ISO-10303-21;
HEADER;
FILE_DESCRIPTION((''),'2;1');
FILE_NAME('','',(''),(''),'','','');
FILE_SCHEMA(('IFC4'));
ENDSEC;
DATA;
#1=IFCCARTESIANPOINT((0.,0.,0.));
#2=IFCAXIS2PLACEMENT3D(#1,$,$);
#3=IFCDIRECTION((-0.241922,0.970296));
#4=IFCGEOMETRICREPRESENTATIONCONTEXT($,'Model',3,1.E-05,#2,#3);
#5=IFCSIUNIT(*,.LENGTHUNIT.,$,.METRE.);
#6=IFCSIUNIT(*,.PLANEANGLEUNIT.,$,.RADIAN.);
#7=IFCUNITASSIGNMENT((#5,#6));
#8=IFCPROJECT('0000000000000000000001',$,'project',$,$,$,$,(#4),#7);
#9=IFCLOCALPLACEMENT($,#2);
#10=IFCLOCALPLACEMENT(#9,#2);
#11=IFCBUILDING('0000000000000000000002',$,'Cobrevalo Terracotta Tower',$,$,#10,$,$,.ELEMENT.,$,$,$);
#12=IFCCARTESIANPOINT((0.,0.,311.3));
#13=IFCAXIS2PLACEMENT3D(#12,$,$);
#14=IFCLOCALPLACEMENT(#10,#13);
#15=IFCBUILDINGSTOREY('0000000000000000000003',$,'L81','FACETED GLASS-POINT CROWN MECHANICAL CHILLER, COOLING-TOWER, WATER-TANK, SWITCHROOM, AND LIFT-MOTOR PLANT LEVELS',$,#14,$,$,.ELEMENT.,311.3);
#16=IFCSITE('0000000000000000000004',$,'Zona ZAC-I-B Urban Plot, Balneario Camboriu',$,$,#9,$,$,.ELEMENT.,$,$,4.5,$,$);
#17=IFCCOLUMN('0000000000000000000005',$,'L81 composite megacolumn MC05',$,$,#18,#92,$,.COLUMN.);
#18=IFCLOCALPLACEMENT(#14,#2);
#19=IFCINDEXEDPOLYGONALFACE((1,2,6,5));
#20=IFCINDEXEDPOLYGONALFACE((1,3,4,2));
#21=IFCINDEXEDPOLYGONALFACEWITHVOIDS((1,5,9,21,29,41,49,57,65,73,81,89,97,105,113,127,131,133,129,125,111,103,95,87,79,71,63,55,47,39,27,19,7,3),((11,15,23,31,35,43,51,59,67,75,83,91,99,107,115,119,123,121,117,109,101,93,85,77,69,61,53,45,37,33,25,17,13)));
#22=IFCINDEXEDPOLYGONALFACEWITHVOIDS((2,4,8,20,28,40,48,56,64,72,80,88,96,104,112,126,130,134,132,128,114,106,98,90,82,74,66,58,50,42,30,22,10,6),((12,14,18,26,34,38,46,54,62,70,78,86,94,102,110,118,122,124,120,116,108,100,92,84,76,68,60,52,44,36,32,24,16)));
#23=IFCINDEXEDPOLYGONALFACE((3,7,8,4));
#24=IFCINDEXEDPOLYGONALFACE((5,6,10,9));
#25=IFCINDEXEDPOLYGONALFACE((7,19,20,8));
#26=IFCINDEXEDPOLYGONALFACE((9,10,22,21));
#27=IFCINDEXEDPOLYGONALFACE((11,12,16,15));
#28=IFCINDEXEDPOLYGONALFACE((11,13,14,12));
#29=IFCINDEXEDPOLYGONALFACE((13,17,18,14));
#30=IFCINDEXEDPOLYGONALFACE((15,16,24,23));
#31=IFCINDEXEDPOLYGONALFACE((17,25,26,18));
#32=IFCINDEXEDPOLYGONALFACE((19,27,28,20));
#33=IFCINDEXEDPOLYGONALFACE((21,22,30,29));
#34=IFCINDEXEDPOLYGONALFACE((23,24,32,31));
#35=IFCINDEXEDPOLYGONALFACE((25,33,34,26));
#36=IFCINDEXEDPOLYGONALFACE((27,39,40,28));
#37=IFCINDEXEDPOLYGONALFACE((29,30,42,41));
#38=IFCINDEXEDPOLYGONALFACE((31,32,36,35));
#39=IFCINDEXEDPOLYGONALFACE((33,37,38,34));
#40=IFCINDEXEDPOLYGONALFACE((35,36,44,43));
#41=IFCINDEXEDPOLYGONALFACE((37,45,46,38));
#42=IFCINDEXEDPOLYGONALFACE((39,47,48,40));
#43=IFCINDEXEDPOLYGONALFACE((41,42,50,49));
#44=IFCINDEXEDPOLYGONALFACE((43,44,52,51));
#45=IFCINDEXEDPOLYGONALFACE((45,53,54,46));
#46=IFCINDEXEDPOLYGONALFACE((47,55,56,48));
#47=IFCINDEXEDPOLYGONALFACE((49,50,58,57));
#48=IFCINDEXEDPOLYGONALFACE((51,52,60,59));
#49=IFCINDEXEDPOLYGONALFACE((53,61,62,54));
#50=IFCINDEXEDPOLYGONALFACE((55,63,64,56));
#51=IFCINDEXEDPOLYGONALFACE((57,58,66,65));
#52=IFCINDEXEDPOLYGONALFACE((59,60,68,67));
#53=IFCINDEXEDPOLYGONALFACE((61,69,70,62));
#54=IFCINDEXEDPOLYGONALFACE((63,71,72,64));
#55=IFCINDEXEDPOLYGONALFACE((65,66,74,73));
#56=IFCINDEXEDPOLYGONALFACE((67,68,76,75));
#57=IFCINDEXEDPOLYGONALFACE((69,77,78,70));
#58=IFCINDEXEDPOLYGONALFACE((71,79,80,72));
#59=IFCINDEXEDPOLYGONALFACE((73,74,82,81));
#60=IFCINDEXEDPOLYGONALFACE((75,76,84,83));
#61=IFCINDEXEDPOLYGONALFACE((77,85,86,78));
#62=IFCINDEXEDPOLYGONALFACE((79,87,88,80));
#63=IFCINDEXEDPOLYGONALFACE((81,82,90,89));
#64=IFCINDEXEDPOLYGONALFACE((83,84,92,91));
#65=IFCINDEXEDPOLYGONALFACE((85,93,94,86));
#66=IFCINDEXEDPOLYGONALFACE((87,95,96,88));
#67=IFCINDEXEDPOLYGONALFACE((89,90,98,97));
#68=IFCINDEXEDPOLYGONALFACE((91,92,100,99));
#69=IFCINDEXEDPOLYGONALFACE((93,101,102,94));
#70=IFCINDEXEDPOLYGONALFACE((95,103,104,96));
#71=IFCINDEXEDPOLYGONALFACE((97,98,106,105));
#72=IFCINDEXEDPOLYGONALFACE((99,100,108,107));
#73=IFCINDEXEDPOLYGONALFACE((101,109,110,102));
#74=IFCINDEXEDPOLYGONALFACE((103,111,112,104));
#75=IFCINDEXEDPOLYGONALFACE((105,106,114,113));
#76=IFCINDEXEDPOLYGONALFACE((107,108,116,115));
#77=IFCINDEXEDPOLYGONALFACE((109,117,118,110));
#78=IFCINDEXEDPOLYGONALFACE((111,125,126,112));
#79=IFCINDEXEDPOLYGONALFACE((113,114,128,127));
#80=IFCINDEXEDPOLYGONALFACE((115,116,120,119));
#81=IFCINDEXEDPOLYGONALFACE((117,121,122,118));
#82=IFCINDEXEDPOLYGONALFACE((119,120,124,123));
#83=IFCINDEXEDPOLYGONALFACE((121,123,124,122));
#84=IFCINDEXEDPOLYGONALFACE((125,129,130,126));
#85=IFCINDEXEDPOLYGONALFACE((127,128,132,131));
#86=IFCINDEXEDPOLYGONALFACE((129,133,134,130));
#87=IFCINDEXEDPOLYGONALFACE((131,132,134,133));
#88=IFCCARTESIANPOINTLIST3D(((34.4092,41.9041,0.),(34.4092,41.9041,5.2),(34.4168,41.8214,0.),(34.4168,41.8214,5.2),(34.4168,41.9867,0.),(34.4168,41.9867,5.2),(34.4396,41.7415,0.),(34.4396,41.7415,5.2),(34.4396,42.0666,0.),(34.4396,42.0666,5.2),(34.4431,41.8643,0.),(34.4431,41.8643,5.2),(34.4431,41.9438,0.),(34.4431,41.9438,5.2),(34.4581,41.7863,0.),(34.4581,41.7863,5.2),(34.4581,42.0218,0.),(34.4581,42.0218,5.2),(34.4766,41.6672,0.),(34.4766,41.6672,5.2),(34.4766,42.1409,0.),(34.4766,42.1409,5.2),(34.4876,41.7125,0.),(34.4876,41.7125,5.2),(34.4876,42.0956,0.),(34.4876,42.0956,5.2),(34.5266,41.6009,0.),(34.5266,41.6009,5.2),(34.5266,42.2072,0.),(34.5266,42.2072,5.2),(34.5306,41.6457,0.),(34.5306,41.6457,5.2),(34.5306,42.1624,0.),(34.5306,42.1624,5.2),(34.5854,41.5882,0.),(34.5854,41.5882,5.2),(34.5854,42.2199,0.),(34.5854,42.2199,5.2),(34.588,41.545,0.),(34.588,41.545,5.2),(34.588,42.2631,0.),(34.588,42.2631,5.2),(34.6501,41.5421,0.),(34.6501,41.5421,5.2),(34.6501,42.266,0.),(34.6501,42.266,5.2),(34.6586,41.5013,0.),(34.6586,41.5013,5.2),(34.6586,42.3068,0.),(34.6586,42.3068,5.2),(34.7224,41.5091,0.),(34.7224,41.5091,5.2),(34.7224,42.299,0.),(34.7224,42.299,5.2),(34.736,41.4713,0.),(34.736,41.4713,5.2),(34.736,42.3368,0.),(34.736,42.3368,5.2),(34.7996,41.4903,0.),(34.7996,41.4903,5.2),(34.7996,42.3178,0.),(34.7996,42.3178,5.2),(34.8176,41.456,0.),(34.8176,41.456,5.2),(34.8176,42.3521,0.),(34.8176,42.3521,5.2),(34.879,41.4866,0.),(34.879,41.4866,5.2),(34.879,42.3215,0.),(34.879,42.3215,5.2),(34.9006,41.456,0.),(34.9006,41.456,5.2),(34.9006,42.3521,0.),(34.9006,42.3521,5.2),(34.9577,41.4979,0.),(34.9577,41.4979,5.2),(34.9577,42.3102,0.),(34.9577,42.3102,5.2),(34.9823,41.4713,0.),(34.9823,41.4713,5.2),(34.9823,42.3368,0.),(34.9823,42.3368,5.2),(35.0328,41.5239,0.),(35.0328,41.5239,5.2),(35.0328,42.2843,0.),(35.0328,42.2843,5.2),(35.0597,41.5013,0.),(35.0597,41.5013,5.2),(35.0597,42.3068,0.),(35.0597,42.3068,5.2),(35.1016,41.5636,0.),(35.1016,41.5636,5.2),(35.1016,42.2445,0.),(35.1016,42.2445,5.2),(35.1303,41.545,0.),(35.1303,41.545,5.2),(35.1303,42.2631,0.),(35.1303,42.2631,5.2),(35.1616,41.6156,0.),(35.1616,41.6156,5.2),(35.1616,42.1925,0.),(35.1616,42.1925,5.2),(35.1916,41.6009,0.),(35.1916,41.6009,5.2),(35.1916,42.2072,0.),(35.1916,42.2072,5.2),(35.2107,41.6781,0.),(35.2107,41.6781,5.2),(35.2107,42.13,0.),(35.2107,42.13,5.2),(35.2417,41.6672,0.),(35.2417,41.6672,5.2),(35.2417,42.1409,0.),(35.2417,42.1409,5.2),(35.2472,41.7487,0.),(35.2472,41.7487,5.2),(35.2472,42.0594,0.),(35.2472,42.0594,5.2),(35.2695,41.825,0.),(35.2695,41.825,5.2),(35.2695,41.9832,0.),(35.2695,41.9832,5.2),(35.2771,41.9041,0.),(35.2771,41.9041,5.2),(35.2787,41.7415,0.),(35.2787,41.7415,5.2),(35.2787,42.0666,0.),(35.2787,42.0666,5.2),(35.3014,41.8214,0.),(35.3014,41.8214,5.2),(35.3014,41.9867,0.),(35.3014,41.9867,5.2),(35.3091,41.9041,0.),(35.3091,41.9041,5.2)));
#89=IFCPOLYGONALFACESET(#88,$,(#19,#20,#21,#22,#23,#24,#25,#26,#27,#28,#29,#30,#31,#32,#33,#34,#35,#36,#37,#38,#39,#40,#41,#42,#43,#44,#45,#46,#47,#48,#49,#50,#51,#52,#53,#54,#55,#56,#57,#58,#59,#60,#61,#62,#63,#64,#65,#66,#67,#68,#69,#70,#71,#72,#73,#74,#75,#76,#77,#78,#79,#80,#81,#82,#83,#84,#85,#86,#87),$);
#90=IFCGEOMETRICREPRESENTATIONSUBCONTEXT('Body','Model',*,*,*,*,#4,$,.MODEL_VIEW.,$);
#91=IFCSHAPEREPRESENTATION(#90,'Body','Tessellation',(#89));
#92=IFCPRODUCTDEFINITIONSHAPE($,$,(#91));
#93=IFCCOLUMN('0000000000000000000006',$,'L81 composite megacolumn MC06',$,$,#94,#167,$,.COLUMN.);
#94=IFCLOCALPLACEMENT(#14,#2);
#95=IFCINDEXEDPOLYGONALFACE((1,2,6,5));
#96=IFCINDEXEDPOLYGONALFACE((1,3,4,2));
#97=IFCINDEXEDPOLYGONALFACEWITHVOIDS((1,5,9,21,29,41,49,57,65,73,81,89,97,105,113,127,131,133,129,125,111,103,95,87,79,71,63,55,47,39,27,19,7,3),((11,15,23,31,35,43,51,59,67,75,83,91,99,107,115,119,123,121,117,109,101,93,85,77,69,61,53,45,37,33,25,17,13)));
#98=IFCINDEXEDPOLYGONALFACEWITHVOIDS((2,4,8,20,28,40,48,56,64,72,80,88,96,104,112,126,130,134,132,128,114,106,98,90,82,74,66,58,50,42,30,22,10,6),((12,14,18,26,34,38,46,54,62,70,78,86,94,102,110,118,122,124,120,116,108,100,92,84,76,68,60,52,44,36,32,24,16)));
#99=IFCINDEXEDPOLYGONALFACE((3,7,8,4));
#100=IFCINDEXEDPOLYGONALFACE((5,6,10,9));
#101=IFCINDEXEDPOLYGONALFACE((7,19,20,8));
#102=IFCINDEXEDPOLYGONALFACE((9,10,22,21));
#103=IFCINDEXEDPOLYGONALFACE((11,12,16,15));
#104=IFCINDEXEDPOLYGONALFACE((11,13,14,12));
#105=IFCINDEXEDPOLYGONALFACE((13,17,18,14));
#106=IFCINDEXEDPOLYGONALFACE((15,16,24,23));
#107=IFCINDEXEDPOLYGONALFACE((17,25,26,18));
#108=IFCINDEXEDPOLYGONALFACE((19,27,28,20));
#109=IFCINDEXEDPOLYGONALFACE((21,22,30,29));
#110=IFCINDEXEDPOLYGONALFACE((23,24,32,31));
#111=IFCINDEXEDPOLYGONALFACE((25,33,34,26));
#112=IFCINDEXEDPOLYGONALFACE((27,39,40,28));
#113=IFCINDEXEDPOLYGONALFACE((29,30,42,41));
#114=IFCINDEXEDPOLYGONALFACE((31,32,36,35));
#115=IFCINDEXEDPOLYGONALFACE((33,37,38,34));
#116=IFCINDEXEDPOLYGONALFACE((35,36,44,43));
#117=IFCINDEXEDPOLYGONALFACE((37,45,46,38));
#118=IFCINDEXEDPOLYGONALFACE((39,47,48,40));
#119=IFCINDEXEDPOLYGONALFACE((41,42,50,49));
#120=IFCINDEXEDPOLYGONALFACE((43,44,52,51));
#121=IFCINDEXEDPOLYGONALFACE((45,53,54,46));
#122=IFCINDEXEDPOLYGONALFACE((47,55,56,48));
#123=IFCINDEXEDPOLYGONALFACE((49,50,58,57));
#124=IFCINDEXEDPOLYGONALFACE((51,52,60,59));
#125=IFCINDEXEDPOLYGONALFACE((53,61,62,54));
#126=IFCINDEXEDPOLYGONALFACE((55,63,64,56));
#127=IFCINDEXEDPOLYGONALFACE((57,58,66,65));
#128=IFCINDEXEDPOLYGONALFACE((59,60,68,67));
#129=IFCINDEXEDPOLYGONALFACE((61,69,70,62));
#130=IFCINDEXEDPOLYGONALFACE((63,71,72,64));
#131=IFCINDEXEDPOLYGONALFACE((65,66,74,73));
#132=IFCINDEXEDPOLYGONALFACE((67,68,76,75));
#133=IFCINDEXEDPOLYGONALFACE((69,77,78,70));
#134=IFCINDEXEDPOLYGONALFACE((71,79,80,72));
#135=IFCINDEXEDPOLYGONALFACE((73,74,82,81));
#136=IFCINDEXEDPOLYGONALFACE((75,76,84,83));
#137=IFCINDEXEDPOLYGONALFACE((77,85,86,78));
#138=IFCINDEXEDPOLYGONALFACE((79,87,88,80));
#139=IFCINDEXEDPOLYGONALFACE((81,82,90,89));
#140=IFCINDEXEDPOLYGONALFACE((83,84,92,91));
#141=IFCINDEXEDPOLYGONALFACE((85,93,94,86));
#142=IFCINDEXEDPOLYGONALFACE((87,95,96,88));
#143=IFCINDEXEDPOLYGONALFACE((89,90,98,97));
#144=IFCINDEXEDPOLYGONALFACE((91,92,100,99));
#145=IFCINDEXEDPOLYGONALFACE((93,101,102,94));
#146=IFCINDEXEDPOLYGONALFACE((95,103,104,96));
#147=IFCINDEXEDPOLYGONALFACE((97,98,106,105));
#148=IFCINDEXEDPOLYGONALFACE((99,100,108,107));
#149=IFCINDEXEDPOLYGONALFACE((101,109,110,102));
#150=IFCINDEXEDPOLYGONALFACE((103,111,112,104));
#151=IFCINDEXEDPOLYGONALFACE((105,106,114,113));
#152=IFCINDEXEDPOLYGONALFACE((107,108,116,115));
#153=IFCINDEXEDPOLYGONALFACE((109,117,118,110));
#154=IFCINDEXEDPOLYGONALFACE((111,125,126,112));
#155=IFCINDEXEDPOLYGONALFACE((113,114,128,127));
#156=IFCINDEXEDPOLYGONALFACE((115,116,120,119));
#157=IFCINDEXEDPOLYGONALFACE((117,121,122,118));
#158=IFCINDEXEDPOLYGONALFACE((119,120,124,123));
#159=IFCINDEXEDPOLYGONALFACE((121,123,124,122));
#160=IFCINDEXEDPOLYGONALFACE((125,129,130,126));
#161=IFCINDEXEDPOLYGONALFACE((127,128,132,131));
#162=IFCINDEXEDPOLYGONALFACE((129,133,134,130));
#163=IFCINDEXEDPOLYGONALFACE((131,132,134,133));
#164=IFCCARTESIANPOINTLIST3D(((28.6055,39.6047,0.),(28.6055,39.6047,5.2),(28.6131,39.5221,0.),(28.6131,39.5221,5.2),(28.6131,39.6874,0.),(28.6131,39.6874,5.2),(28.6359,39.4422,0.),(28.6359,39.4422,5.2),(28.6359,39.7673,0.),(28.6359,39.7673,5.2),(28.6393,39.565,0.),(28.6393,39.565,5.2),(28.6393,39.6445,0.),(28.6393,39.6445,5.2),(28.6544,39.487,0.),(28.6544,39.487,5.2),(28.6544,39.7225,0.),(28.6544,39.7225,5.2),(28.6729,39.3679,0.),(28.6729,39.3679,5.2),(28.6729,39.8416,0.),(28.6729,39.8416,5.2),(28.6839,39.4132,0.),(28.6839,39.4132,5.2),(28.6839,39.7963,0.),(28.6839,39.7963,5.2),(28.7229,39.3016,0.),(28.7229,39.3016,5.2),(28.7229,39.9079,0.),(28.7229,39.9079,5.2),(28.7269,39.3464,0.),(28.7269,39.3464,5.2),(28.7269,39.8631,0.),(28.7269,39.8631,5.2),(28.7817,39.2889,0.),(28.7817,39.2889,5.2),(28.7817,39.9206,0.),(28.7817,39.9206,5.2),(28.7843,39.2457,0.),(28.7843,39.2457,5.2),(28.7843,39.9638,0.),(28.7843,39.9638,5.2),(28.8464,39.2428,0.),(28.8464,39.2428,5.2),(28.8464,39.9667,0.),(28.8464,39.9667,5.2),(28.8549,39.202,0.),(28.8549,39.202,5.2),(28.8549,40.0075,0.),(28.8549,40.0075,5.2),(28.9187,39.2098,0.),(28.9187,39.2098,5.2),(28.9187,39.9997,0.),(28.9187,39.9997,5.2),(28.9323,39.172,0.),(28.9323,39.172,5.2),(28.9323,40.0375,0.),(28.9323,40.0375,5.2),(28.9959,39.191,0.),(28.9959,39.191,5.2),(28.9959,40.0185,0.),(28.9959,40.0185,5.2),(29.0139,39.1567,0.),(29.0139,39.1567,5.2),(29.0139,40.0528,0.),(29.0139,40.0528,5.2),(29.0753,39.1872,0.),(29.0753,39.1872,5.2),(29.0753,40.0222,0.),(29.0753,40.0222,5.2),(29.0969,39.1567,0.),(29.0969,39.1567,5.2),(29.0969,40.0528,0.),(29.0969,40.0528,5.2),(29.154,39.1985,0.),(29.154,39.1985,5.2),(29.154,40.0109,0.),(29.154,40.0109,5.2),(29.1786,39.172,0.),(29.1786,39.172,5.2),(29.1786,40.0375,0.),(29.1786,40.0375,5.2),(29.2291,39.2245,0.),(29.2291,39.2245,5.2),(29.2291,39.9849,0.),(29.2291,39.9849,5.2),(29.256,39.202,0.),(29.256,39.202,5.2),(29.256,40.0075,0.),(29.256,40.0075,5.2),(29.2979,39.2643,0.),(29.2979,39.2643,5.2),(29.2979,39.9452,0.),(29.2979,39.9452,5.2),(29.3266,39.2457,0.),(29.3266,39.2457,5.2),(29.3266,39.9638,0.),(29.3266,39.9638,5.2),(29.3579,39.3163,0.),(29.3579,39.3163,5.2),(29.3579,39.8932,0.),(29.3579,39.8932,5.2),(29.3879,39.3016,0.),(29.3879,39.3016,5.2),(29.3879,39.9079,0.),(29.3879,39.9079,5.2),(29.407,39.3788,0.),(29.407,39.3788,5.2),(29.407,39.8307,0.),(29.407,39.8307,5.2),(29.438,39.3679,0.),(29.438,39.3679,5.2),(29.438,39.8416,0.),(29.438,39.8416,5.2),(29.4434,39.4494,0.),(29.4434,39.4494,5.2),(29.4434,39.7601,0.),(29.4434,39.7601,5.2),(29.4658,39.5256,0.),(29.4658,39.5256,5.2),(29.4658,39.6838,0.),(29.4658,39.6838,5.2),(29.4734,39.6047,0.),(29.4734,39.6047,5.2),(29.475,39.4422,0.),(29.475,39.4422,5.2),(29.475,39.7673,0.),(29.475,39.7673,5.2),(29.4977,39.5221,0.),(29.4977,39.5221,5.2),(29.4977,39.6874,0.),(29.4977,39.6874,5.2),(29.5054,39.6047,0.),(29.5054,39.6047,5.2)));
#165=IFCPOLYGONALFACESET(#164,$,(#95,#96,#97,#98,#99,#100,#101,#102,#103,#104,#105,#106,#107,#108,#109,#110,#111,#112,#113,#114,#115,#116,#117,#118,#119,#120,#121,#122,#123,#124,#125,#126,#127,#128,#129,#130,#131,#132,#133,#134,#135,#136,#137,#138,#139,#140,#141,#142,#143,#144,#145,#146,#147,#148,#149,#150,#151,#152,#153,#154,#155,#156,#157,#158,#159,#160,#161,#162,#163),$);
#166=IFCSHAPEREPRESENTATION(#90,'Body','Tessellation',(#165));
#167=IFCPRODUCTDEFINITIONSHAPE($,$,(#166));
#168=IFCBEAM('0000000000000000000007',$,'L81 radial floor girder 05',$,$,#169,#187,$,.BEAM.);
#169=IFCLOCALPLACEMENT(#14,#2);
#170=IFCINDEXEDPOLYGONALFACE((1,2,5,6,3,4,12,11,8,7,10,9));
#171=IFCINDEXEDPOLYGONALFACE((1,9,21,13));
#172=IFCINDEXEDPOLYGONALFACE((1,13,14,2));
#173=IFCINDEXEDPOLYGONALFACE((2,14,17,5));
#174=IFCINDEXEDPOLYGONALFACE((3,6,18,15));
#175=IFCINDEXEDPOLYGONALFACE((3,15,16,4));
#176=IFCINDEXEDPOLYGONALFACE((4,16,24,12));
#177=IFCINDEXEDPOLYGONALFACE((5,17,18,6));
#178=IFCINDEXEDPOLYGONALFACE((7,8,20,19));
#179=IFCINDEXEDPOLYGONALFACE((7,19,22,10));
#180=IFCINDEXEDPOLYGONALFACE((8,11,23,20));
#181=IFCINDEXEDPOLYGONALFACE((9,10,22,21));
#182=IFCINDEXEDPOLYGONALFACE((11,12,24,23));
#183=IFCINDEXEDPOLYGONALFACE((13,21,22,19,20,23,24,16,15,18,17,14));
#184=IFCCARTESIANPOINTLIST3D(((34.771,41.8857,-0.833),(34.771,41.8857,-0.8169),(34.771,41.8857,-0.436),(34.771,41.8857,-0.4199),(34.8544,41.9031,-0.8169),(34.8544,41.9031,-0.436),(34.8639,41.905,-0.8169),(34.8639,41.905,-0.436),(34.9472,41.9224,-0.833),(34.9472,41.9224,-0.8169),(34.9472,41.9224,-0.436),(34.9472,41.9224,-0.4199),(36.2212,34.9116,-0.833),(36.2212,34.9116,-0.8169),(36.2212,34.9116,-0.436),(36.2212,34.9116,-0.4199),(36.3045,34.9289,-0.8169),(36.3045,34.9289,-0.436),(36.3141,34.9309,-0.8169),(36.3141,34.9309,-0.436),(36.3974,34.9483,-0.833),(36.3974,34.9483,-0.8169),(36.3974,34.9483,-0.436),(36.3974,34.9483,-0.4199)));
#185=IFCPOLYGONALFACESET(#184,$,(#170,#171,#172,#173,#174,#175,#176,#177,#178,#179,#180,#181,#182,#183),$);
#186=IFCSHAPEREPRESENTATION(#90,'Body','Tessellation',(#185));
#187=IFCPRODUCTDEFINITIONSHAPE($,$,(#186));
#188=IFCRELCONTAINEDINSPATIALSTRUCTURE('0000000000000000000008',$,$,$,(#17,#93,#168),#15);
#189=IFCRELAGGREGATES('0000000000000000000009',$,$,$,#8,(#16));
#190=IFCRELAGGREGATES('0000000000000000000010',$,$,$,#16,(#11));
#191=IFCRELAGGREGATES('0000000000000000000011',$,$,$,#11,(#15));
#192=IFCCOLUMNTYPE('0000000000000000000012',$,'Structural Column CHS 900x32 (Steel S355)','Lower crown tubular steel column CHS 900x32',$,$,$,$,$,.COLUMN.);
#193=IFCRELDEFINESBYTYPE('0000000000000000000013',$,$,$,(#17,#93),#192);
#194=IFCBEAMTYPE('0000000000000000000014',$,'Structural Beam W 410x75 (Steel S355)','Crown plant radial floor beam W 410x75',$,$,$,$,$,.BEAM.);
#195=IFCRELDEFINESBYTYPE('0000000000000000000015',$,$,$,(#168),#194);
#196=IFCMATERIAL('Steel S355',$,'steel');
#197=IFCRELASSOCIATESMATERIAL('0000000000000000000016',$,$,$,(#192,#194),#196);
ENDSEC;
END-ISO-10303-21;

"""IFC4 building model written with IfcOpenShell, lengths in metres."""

from ifc_helpers import new_model, si_unit, direction, frame, origin, origin_2d, place, context, subcontext, project, spatial, hollow_circle, i_section, extrude, material, material_profile, profile_set, type_object, element, save


model = new_model("IFC4")

# Units and contexts
model_context = context("Model", 3, precision=1e-05, world=origin(), true_north=direction((-0.241922, 0.970296)))
body_context = subcontext(model_context, "Body", "Model", "MODEL_VIEW")
ifc_project = project(units=[si_unit("LENGTHUNIT", "METRE"), si_unit("PLANEANGLEUNIT", "RADIAN")], contexts=[model_context])

# Site, building, storey
site_placement = place(None, origin())
site = spatial("IfcSite", under=ifc_project, at=site_placement, Name="Zona ZAC-I-B Urban Plot, Balneario Camboriu", CompositionType="ELEMENT", RefElevation=4.5)
building_placement = place(site_placement, origin())
building = spatial("IfcBuilding", under=site, at=building_placement, Name="Cobrevalo Terracotta Tower", CompositionType="ELEMENT")
storey_placement = place(building_placement, frame((0.0, 0.0, 311.3)))
storey = spatial("IfcBuildingStorey", under=building, at=storey_placement, Name="L81", Description="FACETED GLASS-POINT CROWN MECHANICAL CHILLER, COOLING-TOWER, WATER-TANK, SWITCHROOM, AND LIFT-MOTOR PLANT LEVELS", CompositionType="ELEMENT", Elevation=311.3)

# Columns
ifc_material_1 = material(Name="Steel S355", Category="steel")
ifc_material_profile_1 = material_profile(ifc_material_1, hollow_circle(Radius=0.45, WallThickness=0.032, at=origin_2d()), Name="CHS 900x32")
ifc_profile_set_1 = profile_set([ifc_material_profile_1], Name="Steel S355")
column_type = type_object("IfcColumnType", Name="Structural Column CHS 900x32 (Steel S355)", Description="Lower crown tubular steel column CHS 900x32", PredefinedType="COLUMN", material=ifc_profile_set_1)
for number, where, z_axis, x_axis, name in (
    (1, (34.8591, 41.9041, 0.0), (0.0, 0.0, 1.0), (1.0, 0.0, 0.0), "L81 composite megacolumn MC05"),
    (2, (29.0554, 39.6047, 0.0), (0.0, 0.0, 1.0), (1.0, 0.0, 0.0), "L81 composite megacolumn MC06"),
):
    element("IfcColumn", number, at=place(storey_placement, frame(where, z_axis=z_axis, x_axis=x_axis)), inside=storey, type_object=column_type, Name=name, PredefinedType="COLUMN", context=body_context, shape_type="SweptSolid", body=[
        extrude(hollow_circle(Radius=0.45, WallThickness=0.032, at=origin_2d()), origin(), (0.0, 0.0, 1.0), 5.2),
    ])

# Beam
ifc_material_profile_2 = material_profile(ifc_material_1, i_section(OverallWidth=0.1799, OverallDepth=0.4131, WebThickness=0.0098, FlangeThickness=0.0161, at=origin_2d()), Name="W 410x75")
ifc_profile_set_2 = profile_set([ifc_material_profile_2], Name="Steel S355")
beam_type_1 = type_object("IfcBeamType", Name="Structural Beam W 410x75 (Steel S355)", Description="Crown plant radial floor beam W 410x75", PredefinedType="BEAM", material=ifc_profile_set_2)
beam_1_placement = place(storey_placement, frame((34.8591, 41.9041, -0.6265), z_axis=(0.203585, -0.979057, 0.0), x_axis=(0.979057, 0.203585, 0.0)))
element("IfcBeam", 3, at=beam_1_placement, inside=storey, type_object=beam_type_1, Name="L81 radial floor girder 05", PredefinedType="BEAM", context=body_context, shape_type="SweptSolid", body=[
    extrude(i_section(OverallWidth=0.1799, OverallDepth=0.4131, WebThickness=0.0098, FlangeThickness=0.0161, at=origin_2d()), origin(), (0.0, 0.0, 1.0), 7.1233),
])

save(model, "model.ifc")
